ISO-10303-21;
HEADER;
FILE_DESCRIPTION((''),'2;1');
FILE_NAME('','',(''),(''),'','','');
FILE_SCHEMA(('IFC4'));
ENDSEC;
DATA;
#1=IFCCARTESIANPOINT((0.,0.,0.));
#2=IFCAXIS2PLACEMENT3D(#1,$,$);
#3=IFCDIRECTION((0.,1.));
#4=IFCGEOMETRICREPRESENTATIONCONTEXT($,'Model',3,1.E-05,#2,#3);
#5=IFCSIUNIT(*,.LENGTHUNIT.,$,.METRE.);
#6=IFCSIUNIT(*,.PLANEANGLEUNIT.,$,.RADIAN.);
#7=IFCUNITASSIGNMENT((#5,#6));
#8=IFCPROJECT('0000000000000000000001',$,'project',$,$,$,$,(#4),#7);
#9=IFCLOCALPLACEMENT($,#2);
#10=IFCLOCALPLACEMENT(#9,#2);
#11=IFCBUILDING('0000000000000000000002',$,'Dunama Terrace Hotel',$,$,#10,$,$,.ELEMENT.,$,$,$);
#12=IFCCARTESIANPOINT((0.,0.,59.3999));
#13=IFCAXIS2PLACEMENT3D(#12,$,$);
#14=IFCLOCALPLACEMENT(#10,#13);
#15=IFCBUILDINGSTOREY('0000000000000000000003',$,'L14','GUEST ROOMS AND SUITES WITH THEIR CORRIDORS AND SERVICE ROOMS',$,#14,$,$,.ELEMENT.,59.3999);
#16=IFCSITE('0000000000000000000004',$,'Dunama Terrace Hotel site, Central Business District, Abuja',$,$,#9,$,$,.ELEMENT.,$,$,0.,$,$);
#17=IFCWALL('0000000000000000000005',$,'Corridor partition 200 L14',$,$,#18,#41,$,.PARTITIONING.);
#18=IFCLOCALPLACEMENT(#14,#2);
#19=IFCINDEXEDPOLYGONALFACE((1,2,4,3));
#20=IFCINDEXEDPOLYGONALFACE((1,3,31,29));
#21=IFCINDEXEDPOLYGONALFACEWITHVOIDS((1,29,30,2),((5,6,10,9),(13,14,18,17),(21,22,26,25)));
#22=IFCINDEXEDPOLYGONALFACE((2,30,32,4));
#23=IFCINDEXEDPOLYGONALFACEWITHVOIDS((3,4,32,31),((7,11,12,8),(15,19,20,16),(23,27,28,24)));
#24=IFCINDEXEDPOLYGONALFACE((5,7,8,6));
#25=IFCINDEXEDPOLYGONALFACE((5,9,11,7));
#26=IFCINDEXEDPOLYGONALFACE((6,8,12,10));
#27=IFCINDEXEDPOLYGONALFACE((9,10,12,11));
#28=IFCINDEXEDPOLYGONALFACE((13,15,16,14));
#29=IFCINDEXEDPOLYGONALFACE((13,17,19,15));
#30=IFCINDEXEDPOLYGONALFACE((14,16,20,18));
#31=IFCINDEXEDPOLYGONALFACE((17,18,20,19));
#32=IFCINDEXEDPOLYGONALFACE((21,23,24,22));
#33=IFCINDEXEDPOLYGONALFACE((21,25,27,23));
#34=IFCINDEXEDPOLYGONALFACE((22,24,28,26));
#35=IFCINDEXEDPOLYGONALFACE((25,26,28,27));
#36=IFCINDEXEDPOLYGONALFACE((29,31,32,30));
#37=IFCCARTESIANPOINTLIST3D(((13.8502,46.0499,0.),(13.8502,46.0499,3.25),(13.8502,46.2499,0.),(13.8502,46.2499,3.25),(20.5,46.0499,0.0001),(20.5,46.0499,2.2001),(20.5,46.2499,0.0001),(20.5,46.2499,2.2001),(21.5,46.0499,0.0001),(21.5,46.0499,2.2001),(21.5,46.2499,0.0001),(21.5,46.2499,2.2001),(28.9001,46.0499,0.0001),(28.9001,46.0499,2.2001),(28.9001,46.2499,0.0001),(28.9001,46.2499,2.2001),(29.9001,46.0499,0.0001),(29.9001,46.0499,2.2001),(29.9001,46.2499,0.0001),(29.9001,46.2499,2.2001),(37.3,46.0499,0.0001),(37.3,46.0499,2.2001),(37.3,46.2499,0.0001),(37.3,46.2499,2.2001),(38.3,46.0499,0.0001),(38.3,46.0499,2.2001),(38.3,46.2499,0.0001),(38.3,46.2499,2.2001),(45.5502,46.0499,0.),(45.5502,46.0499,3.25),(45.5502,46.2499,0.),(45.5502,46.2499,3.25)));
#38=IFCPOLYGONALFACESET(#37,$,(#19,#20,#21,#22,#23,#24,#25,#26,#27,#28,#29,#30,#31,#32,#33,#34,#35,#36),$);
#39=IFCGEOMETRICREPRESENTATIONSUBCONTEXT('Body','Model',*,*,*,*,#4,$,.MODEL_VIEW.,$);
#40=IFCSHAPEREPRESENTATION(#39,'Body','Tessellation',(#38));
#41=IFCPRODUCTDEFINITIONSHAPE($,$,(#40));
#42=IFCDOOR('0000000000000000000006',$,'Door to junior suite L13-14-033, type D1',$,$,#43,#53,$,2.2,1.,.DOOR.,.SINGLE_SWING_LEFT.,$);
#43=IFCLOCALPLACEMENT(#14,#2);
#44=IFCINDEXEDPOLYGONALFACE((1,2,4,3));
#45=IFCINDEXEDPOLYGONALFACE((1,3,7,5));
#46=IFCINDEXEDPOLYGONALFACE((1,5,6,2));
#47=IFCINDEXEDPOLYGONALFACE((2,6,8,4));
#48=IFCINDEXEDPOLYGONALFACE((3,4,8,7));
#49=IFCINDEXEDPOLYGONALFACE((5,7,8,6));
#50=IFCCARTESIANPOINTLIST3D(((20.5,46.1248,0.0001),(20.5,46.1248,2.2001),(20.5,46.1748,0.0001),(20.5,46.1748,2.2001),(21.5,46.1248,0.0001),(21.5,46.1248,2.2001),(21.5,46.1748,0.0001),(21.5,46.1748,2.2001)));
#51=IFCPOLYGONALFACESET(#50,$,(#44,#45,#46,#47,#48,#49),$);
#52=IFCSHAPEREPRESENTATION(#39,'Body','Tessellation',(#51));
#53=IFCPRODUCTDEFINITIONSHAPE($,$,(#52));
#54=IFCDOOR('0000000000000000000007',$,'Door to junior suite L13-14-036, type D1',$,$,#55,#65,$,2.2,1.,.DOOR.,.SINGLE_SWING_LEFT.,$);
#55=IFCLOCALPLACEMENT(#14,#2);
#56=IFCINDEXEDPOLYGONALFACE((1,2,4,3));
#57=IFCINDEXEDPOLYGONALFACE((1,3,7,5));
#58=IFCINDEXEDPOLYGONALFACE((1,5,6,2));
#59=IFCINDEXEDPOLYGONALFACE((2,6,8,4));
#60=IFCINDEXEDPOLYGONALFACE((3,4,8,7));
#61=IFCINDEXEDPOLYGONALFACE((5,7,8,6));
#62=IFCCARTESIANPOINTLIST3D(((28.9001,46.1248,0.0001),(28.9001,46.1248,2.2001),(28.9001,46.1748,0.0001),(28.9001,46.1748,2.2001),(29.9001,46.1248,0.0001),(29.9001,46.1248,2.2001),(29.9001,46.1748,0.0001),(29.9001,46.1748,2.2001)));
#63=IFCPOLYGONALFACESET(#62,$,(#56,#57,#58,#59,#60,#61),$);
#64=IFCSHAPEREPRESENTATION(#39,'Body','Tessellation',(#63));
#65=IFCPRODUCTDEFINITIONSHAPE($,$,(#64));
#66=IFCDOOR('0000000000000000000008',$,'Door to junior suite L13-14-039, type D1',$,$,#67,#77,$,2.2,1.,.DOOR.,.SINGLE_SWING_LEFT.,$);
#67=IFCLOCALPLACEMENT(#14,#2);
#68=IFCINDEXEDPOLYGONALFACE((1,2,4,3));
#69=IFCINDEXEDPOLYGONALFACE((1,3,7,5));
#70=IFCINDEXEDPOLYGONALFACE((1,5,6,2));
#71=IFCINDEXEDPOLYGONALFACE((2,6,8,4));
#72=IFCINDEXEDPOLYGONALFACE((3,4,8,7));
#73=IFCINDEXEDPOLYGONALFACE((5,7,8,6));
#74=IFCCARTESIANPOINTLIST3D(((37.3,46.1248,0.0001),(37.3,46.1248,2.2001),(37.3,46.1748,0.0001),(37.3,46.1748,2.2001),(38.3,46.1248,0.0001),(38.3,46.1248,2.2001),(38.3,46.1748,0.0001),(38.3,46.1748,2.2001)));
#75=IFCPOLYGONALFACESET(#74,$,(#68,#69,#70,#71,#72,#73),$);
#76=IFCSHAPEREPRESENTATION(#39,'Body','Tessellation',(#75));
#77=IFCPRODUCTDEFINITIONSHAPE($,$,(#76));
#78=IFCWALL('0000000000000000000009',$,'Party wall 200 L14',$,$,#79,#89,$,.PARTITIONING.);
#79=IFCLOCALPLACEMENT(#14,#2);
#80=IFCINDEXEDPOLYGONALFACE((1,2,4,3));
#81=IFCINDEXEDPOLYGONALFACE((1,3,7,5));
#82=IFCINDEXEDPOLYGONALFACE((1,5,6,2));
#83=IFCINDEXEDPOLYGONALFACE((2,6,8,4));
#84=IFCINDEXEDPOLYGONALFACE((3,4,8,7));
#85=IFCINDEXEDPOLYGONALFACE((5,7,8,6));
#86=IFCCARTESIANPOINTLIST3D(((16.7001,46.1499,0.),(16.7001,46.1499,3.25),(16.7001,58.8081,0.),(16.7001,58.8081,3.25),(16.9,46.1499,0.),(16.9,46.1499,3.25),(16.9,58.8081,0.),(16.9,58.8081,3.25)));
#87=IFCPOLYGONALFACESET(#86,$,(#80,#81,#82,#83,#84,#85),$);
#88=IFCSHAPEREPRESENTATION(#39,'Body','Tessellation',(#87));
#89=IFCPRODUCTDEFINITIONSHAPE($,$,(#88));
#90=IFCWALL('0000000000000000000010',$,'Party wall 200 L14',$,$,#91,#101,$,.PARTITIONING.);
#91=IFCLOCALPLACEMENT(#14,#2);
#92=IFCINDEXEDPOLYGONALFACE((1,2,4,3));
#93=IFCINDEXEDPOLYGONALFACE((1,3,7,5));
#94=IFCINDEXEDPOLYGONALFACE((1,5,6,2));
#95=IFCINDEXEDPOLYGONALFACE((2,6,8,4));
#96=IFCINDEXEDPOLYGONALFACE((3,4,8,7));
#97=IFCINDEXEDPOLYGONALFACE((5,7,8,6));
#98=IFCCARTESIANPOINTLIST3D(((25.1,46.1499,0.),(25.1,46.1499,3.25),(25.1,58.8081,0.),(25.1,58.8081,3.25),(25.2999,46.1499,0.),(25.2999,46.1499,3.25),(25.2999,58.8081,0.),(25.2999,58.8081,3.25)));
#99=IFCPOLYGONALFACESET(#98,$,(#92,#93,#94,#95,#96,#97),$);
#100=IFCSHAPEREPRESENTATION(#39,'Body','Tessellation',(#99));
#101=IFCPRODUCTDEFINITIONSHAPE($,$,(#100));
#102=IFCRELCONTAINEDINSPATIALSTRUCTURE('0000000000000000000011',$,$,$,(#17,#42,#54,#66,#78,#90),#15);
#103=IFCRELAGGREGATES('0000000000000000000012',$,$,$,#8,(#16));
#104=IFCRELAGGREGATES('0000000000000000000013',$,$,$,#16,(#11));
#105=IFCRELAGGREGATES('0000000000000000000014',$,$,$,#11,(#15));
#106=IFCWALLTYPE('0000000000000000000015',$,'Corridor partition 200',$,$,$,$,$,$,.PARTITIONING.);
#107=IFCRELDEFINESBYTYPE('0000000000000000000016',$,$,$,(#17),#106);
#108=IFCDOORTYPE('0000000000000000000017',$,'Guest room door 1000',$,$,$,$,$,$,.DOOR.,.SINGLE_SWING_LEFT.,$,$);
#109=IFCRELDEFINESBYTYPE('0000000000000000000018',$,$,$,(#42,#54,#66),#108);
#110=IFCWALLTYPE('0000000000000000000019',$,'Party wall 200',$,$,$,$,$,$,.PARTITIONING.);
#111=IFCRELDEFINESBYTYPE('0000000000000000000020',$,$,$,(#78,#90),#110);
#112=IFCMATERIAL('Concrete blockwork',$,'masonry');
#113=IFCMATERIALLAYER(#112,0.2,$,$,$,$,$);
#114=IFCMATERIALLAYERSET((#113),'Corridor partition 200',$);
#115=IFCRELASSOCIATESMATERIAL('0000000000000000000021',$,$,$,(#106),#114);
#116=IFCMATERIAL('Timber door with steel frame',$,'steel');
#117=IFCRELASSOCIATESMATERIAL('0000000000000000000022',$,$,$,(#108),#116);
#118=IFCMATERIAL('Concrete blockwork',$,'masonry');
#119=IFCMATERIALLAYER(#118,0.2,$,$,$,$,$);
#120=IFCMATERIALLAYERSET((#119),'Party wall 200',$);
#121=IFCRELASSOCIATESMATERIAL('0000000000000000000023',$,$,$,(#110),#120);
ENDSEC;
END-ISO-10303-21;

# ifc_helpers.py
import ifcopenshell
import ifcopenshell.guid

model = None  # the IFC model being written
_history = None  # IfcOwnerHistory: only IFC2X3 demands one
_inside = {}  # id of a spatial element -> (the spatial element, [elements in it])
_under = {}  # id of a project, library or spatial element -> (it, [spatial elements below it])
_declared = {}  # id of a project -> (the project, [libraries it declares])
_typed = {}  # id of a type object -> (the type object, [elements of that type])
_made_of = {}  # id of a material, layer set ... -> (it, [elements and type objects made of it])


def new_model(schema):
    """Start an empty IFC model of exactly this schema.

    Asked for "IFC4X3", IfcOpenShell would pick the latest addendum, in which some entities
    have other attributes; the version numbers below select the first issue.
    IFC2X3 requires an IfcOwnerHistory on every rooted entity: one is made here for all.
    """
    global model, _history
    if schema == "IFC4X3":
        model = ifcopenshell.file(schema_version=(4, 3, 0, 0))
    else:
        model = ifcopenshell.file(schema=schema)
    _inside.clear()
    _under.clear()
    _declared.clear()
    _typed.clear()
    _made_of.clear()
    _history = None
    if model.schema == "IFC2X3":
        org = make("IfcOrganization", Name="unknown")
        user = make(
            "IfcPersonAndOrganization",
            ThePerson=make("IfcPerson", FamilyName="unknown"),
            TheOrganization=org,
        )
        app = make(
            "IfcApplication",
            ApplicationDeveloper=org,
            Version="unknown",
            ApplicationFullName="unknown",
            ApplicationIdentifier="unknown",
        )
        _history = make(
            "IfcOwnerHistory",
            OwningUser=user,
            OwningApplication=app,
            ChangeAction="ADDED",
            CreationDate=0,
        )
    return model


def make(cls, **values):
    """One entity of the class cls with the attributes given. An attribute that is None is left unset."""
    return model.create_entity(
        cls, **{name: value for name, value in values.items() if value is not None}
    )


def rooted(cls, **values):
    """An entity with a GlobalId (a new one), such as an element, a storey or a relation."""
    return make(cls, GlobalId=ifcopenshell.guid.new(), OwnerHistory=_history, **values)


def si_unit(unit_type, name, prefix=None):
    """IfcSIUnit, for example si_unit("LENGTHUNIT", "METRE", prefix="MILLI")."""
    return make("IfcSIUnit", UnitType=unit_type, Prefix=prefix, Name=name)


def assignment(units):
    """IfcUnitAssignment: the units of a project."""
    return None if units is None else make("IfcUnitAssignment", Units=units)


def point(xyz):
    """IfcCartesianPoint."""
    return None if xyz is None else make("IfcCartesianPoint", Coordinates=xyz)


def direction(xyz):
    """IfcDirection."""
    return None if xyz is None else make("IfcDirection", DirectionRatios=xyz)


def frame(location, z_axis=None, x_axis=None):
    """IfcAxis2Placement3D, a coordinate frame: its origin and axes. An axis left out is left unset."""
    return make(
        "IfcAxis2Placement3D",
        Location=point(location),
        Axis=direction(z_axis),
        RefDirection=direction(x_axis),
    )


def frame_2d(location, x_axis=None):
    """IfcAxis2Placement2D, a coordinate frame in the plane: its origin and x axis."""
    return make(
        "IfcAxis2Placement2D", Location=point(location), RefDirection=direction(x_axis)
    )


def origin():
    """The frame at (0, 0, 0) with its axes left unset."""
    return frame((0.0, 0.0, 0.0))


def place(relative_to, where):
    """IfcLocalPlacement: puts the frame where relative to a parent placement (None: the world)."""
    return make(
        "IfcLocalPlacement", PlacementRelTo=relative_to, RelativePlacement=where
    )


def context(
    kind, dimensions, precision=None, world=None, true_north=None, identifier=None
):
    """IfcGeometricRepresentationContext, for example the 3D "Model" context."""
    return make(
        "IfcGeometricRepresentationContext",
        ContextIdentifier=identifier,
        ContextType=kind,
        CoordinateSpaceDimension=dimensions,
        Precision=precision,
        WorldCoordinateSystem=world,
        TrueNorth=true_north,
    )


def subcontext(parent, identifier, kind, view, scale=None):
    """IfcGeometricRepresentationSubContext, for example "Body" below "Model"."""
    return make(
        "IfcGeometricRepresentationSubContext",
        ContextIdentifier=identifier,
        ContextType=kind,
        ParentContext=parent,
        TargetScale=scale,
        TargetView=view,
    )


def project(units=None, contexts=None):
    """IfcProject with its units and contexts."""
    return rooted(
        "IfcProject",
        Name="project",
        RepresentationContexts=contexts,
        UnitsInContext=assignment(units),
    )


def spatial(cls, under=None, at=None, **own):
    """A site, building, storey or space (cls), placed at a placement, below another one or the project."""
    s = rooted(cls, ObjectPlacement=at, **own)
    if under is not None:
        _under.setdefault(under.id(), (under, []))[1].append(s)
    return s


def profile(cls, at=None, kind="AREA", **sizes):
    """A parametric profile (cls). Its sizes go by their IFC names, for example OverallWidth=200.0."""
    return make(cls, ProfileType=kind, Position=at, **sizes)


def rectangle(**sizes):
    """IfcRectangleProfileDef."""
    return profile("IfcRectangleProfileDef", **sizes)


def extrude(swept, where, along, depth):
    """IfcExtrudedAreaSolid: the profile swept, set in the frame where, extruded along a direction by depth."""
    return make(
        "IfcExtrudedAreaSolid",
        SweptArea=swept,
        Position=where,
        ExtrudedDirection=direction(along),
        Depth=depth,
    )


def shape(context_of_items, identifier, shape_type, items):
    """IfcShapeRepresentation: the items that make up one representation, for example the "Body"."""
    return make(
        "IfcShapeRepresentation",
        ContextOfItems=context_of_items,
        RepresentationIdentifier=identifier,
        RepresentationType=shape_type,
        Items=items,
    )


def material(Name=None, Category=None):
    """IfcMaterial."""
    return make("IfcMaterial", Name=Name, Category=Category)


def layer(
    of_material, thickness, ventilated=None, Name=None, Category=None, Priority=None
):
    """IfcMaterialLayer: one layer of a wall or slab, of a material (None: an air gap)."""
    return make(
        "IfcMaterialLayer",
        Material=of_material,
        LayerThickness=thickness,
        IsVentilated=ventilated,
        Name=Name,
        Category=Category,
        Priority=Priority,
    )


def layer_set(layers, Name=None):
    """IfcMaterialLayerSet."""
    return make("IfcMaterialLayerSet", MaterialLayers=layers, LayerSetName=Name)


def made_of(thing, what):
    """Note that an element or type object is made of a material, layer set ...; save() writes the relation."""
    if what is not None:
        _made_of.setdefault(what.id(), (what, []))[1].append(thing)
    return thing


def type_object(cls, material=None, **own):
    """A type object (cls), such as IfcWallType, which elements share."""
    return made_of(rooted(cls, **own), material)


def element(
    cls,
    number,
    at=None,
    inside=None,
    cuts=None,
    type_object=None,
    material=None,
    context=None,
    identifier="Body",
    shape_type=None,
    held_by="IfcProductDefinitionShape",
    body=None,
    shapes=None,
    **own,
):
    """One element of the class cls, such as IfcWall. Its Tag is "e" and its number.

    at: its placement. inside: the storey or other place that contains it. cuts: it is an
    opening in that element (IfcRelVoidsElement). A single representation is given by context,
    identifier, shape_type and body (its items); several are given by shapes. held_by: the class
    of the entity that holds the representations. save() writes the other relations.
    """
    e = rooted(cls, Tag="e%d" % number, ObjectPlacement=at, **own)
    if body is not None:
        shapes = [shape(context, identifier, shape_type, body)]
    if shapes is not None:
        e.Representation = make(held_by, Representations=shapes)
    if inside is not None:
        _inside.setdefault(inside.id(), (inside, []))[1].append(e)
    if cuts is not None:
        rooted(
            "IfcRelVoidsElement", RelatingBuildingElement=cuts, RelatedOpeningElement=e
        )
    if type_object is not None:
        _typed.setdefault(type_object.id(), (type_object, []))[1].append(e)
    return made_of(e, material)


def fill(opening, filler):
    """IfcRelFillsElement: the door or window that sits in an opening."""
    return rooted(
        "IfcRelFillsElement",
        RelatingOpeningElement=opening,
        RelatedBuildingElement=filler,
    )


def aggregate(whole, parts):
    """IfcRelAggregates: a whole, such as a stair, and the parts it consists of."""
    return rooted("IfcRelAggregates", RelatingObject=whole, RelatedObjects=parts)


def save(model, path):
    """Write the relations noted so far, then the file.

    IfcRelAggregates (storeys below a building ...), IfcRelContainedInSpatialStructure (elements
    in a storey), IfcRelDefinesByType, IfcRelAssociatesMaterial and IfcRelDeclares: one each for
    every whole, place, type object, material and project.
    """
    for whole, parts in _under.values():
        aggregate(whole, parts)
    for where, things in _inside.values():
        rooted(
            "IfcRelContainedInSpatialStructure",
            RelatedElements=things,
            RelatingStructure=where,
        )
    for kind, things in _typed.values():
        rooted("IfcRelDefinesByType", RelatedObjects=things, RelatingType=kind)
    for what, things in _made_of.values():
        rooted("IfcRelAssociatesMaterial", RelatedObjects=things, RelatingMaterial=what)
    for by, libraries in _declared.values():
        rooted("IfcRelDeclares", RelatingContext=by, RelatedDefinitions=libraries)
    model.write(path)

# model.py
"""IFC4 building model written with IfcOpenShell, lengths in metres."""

from ifc_helpers import new_model, si_unit, direction, frame, frame_2d, origin, place, context, subcontext, project, spatial, rectangle, extrude, material, layer, layer_set, type_object, element, fill, save


model = new_model("IFC4")

# Units and contexts
model_context = context("Model", 3, precision=1e-05, world=origin(), true_north=direction((0.0, 1.0)))
body_context = subcontext(model_context, "Body", "Model", "MODEL_VIEW")
ifc_project = project(units=[si_unit("LENGTHUNIT", "METRE"), si_unit("PLANEANGLEUNIT", "RADIAN")], contexts=[model_context])

# Site, building, storey
site_placement = place(None, origin())
site = spatial("IfcSite", under=ifc_project, at=site_placement, Name="Dunama Terrace Hotel site, Central Business District, Abuja", CompositionType="ELEMENT", RefElevation=0.0)
building_placement = place(site_placement, origin())
building = spatial("IfcBuilding", under=site, at=building_placement, Name="Dunama Terrace Hotel", CompositionType="ELEMENT")
storey_placement = place(building_placement, frame((0.0, 0.0, 59.3999)))
storey = spatial("IfcBuildingStorey", under=building, at=storey_placement, Name="L14", Description="GUEST ROOMS AND SUITES WITH THEIR CORRIDORS AND SERVICE ROOMS", CompositionType="ELEMENT", Elevation=59.3999)

# Wall, openings, doors
ifc_material_1 = material(Name="Concrete blockwork", Category="masonry")
ifc_layer_1 = layer(ifc_material_1, 0.2)
ifc_layer_set_1 = layer_set([ifc_layer_1], Name="Corridor partition 200")
wall_type_1 = type_object("IfcWallType", Name="Corridor partition 200", PredefinedType="PARTITIONING", material=ifc_layer_set_1)
wall_1_placement = place(storey_placement, frame((13.8501, 46.1499, 0.0), z_axis=(0.0, 0.0, 1.0), x_axis=(1.0, 0.0, 0.0)))
wall_1 = element("IfcWall", 1, at=wall_1_placement, inside=storey, type_object=wall_type_1, Name="Corridor partition 200 L14", PredefinedType="PARTITIONING", context=body_context, shape_type="SweptSolid", body=[
    extrude(rectangle(XDim=31.7, YDim=0.2, at=frame_2d((15.8501, 0.0))), origin(), (0.0, 0.0, 1.0), 3.25),
])
opening_1_placement = place(wall_1_placement, frame((6.6499, 0.0, 0.0)))
opening_1 = element("IfcOpeningElement", 2, at=opening_1_placement, cuts=wall_1, PredefinedType="OPENING", context=body_context, shape_type="SweptSolid", body=[
    extrude(rectangle(XDim=1.0, YDim=2.2, at=frame_2d((0.5, 1.1001))), frame((0.0, 0.1099, 0.0), z_axis=(0.0, -1.0, 0.0), x_axis=(1.0, 0.0, 0.0)), (0.0, 0.0, 1.0), 0.22),
])
opening_2_placement = place(wall_1_placement, frame((15.05, 0.0, 0.0)))
opening_2 = element("IfcOpeningElement", 3, at=opening_2_placement, cuts=wall_1, PredefinedType="OPENING", context=body_context, shape_type="SweptSolid", body=[
    extrude(rectangle(XDim=1.0, YDim=2.2, at=frame_2d((0.5, 1.1001))), frame((0.0, 0.1099, 0.0), z_axis=(0.0, -1.0, 0.0), x_axis=(1.0, 0.0, 0.0)), (0.0, 0.0, 1.0), 0.22),
])
opening_3_placement = place(wall_1_placement, frame((23.45, 0.0, 0.0)))
opening_3 = element("IfcOpeningElement", 4, at=opening_3_placement, cuts=wall_1, PredefinedType="OPENING", context=body_context, shape_type="SweptSolid", body=[
    extrude(rectangle(XDim=1.0, YDim=2.2, at=frame_2d((0.5, 1.1001))), frame((0.0, 0.1099, 0.0), z_axis=(0.0, -1.0, 0.0), x_axis=(1.0, 0.0, 0.0)), (0.0, 0.0, 1.0), 0.22),
])
ifc_material_2 = material(Name="Timber door with steel frame", Category="steel")
door_type_1 = type_object("IfcDoorType", Name="Guest room door 1000", OperationType="SINGLE_SWING_LEFT", PredefinedType="DOOR", material=ifc_material_2)
door_1_placement = place(opening_1_placement, origin())
door_1 = element("IfcDoor", 5, at=door_1_placement, inside=storey, type_object=door_type_1, Name="Door to junior suite L13-14-033, type D1", OperationType="SINGLE_SWING_LEFT", OverallHeight=2.2, OverallWidth=1.0, PredefinedType="DOOR", context=body_context, shape_type="SweptSolid", body=[
    extrude(rectangle(XDim=1.0, YDim=2.2, at=frame_2d((0.5, 1.1001))), frame((0.0, 0.0249, 0.0), z_axis=(0.0, -1.0, 0.0), x_axis=(1.0, 0.0, 0.0)), (0.0, 0.0, 1.0), 0.05),
])
fill(opening_1, door_1)
door_2_placement = place(opening_2_placement, origin())
door_2 = element("IfcDoor", 6, at=door_2_placement, inside=storey, type_object=door_type_1, Name="Door to junior suite L13-14-036, type D1", OperationType="SINGLE_SWING_LEFT", OverallHeight=2.2, OverallWidth=1.0, PredefinedType="DOOR", context=body_context, shape_type="SweptSolid", body=[
    extrude(rectangle(XDim=1.0, YDim=2.2, at=frame_2d((0.5, 1.1001))), frame((0.0, 0.0249, 0.0), z_axis=(0.0, -1.0, 0.0), x_axis=(1.0, 0.0, 0.0)), (0.0, 0.0, 1.0), 0.05),
])
fill(opening_2, door_2)
door_3_placement = place(opening_3_placement, origin())
door_3 = element("IfcDoor", 7, at=door_3_placement, inside=storey, type_object=door_type_1, Name="Door to junior suite L13-14-039, type D1", OperationType="SINGLE_SWING_LEFT", OverallHeight=2.2, OverallWidth=1.0, PredefinedType="DOOR", context=body_context, shape_type="SweptSolid", body=[
    extrude(rectangle(XDim=1.0, YDim=2.2, at=frame_2d((0.5, 1.1001))), frame((0.0, 0.0249, 0.0), z_axis=(0.0, -1.0, 0.0), x_axis=(1.0, 0.0, 0.0)), (0.0, 0.0, 1.0), 0.05),
])
fill(opening_3, door_3)

# Walls
ifc_material_3 = material(Name="Concrete blockwork", Category="masonry")
ifc_layer_2 = layer(ifc_material_3, 0.2)
ifc_layer_set_2 = layer_set([ifc_layer_2], Name="Party wall 200")
wall_type_2 = type_object("IfcWallType", Name="Party wall 200", PredefinedType="PARTITIONING", material=ifc_layer_set_2)
for number, where, z_axis, x_axis, name in (
    (8, (16.8, 46.1499, 0.0), (0.0, 0.0, 1.0), (0.0, 1.0, 0.0), "Party wall 200 L14"),
    (9, (25.2, 46.1499, 0.0), (0.0, 0.0, 1.0), (0.0, 1.0, 0.0), "Party wall 200 L14"),
):
    element("IfcWall", number, at=place(storey_placement, frame(where, z_axis=z_axis, x_axis=x_axis)), inside=storey, type_object=wall_type_2, Name=name, PredefinedType="PARTITIONING", context=body_context, shape_type="SweptSolid", body=[
        extrude(rectangle(XDim=12.6582, YDim=0.2, at=frame_2d((6.3291, 0.0))), origin(), (0.0, 0.0, 1.0), 3.25),
    ])

save(model, "model.ifc")
